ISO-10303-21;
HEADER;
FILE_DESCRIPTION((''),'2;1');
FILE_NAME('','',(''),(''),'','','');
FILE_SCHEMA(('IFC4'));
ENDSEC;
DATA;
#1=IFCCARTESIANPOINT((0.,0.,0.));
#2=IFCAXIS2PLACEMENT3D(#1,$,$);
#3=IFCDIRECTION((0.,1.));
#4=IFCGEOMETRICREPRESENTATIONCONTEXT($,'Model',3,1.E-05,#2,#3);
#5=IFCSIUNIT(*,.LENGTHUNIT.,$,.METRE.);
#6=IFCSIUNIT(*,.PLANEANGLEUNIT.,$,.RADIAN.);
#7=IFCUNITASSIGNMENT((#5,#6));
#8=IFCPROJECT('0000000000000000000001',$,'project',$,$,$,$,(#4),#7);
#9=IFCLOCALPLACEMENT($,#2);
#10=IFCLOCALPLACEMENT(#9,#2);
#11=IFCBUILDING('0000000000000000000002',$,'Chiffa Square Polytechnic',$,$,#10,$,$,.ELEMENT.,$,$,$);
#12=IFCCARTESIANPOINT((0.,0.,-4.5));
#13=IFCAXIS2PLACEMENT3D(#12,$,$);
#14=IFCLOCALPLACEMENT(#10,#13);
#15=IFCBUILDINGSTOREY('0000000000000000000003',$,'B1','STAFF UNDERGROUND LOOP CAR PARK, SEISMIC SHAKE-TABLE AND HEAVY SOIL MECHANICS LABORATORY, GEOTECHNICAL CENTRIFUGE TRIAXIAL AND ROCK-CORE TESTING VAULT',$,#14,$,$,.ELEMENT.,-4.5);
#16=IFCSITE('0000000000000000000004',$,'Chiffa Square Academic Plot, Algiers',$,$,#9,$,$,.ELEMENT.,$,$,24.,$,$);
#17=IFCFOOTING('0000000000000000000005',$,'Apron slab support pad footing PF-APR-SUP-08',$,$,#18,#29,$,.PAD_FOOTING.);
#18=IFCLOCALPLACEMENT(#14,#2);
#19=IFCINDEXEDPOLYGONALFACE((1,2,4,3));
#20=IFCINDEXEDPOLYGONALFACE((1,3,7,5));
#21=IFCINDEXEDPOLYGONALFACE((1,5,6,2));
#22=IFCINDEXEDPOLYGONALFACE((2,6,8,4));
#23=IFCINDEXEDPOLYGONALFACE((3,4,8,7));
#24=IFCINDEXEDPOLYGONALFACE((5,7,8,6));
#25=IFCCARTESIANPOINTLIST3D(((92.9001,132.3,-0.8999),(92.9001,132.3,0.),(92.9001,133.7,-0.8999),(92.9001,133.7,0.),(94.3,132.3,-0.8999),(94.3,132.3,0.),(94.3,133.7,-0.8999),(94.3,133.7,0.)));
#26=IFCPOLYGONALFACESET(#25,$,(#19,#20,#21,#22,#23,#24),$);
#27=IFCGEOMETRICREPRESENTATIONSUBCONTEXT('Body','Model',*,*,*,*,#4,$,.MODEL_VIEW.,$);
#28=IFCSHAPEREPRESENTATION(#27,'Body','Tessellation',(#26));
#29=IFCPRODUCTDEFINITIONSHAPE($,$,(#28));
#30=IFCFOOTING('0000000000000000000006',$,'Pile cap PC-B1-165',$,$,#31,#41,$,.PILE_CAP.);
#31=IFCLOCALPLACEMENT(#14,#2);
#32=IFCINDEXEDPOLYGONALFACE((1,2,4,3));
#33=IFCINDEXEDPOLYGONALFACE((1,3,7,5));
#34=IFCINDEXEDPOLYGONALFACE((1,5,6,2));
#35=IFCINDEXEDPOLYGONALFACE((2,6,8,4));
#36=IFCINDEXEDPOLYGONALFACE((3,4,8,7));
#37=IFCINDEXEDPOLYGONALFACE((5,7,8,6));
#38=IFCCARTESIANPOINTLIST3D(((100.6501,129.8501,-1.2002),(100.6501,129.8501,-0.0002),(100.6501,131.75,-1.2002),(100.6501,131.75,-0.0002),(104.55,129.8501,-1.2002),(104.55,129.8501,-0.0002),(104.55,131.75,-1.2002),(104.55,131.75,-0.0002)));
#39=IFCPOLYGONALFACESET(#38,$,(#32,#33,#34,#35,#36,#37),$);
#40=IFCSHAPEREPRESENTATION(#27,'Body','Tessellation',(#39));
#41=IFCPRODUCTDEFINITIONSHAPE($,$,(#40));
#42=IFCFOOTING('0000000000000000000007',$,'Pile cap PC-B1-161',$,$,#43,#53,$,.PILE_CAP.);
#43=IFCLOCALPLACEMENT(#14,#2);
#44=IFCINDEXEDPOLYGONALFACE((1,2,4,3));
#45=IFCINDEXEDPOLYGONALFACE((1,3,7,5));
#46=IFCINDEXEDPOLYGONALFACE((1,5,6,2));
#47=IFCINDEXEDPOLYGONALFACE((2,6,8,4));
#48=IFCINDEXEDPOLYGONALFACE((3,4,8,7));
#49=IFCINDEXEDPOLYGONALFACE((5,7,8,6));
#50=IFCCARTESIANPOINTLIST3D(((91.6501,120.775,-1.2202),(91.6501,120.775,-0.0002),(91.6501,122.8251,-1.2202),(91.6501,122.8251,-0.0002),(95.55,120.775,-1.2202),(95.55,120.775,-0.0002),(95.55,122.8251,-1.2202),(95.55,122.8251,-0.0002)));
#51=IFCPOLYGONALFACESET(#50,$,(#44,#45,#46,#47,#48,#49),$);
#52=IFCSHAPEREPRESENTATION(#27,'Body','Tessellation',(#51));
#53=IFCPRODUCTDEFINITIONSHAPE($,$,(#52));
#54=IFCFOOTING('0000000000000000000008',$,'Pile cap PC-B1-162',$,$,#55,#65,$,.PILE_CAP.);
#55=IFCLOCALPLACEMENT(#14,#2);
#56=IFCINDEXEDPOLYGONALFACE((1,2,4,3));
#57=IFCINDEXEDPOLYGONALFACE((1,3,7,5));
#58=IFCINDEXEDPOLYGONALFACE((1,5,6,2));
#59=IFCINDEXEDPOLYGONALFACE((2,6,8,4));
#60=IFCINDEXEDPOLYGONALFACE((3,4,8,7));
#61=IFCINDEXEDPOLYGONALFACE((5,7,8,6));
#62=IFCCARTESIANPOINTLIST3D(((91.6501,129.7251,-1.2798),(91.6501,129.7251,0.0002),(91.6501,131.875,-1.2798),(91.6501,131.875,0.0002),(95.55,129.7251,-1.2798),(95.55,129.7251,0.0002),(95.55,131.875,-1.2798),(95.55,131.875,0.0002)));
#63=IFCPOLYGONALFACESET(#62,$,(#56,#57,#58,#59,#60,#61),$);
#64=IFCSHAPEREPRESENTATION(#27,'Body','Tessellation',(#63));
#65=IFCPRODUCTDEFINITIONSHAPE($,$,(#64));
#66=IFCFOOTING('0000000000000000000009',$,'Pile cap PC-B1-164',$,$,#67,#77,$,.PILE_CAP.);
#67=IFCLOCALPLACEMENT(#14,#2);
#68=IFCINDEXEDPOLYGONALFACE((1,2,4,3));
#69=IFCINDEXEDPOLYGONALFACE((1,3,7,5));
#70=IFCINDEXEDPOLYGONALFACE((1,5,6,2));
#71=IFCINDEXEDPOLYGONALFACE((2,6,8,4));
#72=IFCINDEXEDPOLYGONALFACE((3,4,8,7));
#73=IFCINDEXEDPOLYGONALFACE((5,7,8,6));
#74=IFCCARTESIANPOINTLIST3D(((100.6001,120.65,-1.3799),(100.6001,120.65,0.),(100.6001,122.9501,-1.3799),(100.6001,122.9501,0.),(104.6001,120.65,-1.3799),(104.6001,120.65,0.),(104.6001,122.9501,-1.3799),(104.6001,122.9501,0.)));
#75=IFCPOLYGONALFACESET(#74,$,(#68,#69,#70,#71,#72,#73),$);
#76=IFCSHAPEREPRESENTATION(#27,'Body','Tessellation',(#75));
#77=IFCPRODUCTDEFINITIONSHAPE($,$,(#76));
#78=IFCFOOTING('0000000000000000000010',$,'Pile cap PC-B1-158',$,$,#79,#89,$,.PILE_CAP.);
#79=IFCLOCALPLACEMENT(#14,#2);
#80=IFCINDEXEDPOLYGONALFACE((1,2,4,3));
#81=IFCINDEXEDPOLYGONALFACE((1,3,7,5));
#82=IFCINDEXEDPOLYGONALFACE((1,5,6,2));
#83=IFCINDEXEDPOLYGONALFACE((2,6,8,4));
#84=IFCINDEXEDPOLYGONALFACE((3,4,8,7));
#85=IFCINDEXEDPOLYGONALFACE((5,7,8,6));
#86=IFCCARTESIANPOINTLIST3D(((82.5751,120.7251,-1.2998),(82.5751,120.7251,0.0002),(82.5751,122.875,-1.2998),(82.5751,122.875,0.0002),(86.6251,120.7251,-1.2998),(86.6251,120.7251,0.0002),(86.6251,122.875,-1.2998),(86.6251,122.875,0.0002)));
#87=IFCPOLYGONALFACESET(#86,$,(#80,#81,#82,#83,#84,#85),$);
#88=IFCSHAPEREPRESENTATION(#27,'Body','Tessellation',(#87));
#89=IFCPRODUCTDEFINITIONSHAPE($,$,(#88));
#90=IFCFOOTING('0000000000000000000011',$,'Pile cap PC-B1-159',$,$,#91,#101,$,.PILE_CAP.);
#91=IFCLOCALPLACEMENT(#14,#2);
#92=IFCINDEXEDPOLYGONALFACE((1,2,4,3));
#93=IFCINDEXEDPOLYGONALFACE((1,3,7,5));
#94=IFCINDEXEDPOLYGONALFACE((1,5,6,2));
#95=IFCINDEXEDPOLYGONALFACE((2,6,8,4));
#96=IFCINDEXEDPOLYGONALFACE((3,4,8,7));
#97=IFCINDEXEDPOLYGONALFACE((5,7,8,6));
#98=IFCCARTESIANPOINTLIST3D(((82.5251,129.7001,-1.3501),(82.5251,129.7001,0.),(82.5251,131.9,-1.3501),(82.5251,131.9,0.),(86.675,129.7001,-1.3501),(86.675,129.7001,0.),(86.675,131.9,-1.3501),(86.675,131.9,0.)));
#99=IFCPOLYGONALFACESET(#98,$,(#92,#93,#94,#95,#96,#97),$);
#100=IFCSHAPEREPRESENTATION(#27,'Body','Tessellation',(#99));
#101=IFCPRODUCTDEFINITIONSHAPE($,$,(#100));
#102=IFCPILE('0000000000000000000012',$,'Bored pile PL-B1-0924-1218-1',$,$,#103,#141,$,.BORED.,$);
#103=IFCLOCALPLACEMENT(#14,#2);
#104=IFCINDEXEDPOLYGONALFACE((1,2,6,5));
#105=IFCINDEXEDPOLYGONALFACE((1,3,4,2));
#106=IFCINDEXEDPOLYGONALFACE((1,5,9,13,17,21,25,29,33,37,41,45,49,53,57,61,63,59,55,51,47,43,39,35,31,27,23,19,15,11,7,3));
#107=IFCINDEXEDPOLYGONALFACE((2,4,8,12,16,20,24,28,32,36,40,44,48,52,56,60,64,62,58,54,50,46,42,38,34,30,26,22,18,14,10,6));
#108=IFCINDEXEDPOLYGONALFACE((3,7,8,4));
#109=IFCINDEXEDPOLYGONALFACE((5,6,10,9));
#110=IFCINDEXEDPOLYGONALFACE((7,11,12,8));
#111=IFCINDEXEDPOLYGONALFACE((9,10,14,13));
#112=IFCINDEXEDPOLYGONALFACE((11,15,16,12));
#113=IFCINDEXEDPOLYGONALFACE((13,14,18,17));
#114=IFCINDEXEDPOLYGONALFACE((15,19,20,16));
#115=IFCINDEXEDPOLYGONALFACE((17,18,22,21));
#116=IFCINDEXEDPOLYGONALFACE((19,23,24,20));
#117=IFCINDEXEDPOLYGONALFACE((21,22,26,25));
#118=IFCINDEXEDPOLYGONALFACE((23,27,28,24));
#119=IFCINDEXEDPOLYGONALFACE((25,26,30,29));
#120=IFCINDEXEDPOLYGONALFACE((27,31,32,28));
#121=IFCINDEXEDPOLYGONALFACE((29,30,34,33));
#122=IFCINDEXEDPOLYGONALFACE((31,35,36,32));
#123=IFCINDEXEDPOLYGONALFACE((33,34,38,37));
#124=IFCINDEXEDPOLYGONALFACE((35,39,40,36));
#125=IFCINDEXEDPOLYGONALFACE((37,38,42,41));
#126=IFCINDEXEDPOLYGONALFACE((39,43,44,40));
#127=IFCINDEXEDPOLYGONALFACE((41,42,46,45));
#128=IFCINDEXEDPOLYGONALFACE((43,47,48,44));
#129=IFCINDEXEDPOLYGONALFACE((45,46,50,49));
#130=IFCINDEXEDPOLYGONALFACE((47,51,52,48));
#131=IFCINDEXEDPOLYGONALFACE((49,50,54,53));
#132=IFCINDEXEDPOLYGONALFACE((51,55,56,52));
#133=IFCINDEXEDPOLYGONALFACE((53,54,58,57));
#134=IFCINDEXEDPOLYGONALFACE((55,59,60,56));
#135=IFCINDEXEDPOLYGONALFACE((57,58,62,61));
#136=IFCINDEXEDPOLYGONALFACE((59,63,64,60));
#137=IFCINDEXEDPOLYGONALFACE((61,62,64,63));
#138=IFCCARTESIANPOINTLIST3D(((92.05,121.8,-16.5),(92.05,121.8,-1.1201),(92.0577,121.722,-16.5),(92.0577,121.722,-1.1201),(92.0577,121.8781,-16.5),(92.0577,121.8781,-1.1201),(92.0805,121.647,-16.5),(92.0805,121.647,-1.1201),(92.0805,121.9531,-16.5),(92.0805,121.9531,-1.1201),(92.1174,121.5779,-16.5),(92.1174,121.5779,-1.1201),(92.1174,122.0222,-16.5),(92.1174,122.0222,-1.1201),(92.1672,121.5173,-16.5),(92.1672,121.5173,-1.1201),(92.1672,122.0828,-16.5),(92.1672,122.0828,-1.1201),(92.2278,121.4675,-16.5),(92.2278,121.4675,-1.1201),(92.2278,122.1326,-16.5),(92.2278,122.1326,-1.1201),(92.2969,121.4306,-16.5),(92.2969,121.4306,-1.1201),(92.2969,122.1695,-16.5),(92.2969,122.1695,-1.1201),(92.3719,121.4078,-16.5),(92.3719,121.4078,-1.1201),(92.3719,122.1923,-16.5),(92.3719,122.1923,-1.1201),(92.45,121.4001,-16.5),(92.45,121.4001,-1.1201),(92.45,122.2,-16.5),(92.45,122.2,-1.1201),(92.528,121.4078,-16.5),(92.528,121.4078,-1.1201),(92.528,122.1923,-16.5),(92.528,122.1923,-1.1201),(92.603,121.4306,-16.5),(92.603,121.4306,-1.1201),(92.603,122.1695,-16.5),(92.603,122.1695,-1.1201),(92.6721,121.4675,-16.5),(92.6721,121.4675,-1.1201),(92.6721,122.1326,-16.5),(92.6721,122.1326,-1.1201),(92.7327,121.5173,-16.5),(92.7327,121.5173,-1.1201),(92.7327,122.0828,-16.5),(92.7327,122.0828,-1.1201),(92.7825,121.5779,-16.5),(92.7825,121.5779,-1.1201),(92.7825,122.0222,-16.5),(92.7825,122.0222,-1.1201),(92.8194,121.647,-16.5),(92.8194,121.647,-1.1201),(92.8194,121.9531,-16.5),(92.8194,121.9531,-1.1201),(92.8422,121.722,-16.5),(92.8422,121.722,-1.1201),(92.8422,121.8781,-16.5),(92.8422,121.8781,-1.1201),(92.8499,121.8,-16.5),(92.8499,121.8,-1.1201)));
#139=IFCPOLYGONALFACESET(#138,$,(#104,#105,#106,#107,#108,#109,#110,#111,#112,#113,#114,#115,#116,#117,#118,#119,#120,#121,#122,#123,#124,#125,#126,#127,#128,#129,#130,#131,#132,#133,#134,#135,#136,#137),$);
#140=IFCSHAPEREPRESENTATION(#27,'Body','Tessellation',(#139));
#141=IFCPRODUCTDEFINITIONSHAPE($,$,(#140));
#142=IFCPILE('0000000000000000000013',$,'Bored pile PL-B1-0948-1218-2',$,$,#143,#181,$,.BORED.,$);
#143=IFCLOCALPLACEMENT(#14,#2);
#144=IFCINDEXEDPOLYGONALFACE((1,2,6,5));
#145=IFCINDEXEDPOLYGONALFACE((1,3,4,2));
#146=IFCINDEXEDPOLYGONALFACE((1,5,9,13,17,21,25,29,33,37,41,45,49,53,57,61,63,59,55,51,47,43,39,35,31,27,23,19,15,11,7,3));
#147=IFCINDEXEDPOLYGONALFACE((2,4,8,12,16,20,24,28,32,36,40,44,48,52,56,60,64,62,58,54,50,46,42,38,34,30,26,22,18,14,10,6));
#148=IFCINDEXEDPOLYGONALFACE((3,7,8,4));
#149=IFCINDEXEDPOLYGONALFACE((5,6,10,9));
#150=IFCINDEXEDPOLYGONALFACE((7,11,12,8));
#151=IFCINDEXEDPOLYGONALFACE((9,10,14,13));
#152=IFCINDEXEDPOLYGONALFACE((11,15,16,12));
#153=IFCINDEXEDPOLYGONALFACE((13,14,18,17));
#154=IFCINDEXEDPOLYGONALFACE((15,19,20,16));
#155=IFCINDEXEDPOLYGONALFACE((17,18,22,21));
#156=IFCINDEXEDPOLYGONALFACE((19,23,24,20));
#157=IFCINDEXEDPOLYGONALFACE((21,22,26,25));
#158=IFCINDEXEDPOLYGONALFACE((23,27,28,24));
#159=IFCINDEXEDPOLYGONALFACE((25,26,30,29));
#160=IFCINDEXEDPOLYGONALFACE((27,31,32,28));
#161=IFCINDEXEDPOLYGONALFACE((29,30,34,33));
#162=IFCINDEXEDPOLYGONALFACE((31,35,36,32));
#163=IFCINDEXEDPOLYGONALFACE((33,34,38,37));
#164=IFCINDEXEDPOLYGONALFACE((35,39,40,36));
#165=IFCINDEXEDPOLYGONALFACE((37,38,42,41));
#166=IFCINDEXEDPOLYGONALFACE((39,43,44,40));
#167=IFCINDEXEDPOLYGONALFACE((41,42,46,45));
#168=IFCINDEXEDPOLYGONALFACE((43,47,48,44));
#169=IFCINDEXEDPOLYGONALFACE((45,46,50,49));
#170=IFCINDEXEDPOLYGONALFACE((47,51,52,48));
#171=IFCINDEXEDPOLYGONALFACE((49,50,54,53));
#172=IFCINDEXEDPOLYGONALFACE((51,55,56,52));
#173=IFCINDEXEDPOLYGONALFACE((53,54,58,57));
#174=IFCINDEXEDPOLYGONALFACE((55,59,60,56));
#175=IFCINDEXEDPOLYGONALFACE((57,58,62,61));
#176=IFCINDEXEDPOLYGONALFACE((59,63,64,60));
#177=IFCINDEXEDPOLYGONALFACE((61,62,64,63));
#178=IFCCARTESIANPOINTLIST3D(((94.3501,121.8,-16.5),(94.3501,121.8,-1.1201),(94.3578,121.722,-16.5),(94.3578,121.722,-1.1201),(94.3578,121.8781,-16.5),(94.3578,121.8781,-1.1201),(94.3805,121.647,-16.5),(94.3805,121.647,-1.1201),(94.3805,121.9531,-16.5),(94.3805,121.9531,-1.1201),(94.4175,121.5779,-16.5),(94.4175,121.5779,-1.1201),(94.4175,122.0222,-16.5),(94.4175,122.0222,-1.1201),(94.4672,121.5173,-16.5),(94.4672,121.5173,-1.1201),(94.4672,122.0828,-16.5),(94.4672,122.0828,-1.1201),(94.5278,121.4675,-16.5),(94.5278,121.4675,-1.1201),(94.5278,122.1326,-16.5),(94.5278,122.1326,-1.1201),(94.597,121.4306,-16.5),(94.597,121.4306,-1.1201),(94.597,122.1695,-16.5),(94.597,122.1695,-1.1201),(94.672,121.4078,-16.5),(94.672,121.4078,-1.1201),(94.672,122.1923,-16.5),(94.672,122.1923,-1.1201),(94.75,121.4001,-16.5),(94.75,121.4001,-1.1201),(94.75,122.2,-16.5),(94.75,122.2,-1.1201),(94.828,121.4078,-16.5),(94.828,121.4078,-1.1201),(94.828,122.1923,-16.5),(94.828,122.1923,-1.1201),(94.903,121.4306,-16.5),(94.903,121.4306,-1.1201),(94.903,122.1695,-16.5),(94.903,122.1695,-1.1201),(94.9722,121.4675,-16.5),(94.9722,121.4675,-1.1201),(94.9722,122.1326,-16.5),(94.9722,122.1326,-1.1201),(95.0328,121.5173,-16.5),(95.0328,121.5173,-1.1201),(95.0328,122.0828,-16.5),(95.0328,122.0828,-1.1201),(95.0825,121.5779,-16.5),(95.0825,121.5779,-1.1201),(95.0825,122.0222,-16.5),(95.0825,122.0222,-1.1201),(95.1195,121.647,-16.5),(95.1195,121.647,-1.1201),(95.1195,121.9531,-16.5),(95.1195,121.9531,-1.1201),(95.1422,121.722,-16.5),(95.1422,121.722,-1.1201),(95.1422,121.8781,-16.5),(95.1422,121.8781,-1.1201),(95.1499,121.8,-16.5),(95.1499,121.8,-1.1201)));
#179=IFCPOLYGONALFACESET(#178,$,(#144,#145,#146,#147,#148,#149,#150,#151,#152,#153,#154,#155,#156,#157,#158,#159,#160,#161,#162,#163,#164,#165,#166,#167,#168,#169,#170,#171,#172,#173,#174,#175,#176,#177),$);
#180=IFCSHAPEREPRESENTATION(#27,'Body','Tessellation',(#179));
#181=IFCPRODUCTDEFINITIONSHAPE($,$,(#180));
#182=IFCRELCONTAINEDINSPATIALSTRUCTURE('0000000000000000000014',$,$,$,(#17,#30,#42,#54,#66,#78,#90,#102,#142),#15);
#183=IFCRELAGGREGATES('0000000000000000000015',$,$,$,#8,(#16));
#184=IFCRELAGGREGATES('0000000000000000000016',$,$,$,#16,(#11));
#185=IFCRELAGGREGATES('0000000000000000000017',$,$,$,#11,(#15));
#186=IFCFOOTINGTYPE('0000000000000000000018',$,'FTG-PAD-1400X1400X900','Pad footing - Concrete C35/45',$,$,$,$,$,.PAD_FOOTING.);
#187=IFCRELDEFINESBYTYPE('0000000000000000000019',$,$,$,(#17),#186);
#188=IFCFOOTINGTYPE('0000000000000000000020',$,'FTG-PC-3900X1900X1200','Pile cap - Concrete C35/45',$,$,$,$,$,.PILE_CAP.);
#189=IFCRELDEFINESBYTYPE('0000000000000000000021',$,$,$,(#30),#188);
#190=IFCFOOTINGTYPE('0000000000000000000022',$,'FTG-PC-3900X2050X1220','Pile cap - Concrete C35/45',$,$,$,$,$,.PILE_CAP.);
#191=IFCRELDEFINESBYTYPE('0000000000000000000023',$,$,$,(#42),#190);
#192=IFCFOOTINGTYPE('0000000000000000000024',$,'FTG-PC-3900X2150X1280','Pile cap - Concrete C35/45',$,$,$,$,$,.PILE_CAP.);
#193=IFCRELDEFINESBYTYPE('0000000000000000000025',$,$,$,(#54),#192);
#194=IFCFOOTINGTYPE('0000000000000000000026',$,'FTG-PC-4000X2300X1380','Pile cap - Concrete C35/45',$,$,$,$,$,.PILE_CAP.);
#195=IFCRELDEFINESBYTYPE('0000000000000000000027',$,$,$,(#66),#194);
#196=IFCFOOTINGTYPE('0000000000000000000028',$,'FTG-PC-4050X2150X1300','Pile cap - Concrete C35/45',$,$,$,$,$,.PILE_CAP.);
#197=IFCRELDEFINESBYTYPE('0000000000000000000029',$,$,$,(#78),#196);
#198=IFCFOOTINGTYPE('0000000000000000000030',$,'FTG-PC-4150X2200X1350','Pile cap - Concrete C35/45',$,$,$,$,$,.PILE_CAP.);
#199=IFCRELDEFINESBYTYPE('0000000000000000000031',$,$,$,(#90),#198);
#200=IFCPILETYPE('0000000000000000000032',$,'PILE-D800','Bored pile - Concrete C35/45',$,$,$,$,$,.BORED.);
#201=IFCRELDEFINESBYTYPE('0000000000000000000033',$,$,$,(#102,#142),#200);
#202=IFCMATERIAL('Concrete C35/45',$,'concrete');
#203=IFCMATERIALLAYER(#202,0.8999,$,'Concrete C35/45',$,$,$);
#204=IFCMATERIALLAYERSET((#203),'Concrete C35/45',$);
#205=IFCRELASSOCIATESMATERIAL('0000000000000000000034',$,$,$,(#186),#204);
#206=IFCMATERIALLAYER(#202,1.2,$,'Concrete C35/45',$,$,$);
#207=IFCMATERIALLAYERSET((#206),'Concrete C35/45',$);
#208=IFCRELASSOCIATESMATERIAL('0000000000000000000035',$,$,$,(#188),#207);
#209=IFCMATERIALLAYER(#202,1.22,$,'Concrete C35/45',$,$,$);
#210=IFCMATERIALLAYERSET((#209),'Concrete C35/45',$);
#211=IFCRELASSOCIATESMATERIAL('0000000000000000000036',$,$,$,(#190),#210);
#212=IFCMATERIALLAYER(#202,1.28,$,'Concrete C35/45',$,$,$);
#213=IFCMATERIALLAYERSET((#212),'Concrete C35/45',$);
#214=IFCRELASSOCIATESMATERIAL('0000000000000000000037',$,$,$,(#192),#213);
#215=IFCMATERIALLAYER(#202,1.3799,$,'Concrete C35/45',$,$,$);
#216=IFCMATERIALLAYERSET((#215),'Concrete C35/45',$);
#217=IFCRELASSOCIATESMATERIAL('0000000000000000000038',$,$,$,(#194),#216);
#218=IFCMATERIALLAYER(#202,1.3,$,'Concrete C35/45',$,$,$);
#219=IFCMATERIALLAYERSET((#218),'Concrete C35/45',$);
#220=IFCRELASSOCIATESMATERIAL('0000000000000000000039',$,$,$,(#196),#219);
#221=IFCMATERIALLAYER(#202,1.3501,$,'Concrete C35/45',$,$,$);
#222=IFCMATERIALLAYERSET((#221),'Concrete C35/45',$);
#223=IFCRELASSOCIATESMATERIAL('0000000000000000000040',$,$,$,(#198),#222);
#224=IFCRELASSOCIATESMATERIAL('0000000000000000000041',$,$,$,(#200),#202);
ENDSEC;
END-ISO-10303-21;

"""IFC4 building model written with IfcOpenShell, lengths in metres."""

from ifc_helpers import new_model, si_unit, direction, frame, origin, origin_2d, place, context, subcontext, project, spatial, rectangle, circle, extrude, material, layer, layer_set, material_profile, profile_set, type_object, element, save


model = new_model("IFC4")

# Units and contexts
model_context = context("Model", 3, precision=1e-05, world=origin(), true_north=direction((0.0, 1.0)))
body_context = subcontext(model_context, "Body", "Model", "MODEL_VIEW")
ifc_project = project(units=[si_unit("LENGTHUNIT", "METRE"), si_unit("PLANEANGLEUNIT", "RADIAN")], contexts=[model_context])

# Site, building, storey
site_placement = place(None, origin())
site = spatial("IfcSite", under=ifc_project, at=site_placement, Name="Chiffa Square Academic Plot, Algiers", CompositionType="ELEMENT", RefElevation=24.0)
building_placement = place(site_placement, origin())
building = spatial("IfcBuilding", under=site, at=building_placement, Name="Chiffa Square Polytechnic", CompositionType="ELEMENT")
storey_placement = place(building_placement, frame((0.0, 0.0, -4.5)))
storey = spatial("IfcBuildingStorey", under=building, at=storey_placement, Name="B1", Description="STAFF UNDERGROUND LOOP CAR PARK, SEISMIC SHAKE-TABLE AND HEAVY SOIL MECHANICS LABORATORY, GEOTECHNICAL CENTRIFUGE TRIAXIAL AND ROCK-CORE TESTING VAULT", CompositionType="ELEMENT", Elevation=-4.5)

# Footings
ifc_material_1 = material(Name="Concrete C35/45", Category="concrete")
ifc_layer_1 = layer(ifc_material_1, 0.8999, Name="Concrete C35/45")
ifc_layer_set_1 = layer_set([ifc_layer_1], Name="Concrete C35/45")
footing_type_1 = type_object("IfcFootingType", Name="FTG-PAD-1400X1400X900", Description="Pad footing - Concrete C35/45", PredefinedType="PAD_FOOTING", material=ifc_layer_set_1)
footing_1_placement = place(storey_placement, frame((93.6001, 133.0, -0.8999), z_axis=(0.0, 0.0, 1.0), x_axis=(1.0, 0.0, 0.0)))
element("IfcFooting", 1, at=footing_1_placement, inside=storey, type_object=footing_type_1, Name="Apron slab support pad footing PF-APR-SUP-08", PredefinedType="PAD_FOOTING", context=body_context, shape_type="SweptSolid", body=[
    extrude(rectangle(XDim=1.3999, YDim=1.3999, at=origin_2d()), origin(), (0.0, 0.0, 1.0), 0.8999),
])
ifc_layer_2 = layer(ifc_material_1, 1.2, Name="Concrete C35/45")
ifc_layer_set_2 = layer_set([ifc_layer_2], Name="Concrete C35/45")
footing_type_2 = type_object("IfcFootingType", Name="FTG-PC-3900X1900X1200", Description="Pile cap - Concrete C35/45", PredefinedType="PILE_CAP", material=ifc_layer_set_2)
footing_2_placement = place(storey_placement, frame((102.6001, 130.8, -1.2002), z_axis=(0.0, 0.0, 1.0), x_axis=(1.0, 0.0, 0.0)))
element("IfcFooting", 2, at=footing_2_placement, inside=storey, type_object=footing_type_2, Name="Pile cap PC-B1-165", PredefinedType="PILE_CAP", context=body_context, shape_type="SweptSolid", body=[
    extrude(rectangle(XDim=3.8999, YDim=1.8999, at=origin_2d()), origin(), (0.0, 0.0, 1.0), 1.2),
])
ifc_layer_3 = layer(ifc_material_1, 1.22, Name="Concrete C35/45")
ifc_layer_set_3 = layer_set([ifc_layer_3], Name="Concrete C35/45")
footing_type_3 = type_object("IfcFootingType", Name="FTG-PC-3900X2050X1220", Description="Pile cap - Concrete C35/45", PredefinedType="PILE_CAP", material=ifc_layer_set_3)
footing_3_placement = place(storey_placement, frame((93.6001, 121.8, -1.2202), z_axis=(0.0, 0.0, 1.0), x_axis=(1.0, 0.0, 0.0)))
element("IfcFooting", 3, at=footing_3_placement, inside=storey, type_object=footing_type_3, Name="Pile cap PC-B1-161", PredefinedType="PILE_CAP", context=body_context, shape_type="SweptSolid", body=[
    extrude(rectangle(XDim=3.8999, YDim=2.05, at=origin_2d()), origin(), (0.0, 0.0, 1.0), 1.22),
])
ifc_layer_4 = layer(ifc_material_1, 1.28, Name="Concrete C35/45")
ifc_layer_set_4 = layer_set([ifc_layer_4], Name="Concrete C35/45")
footing_type_4 = type_object("IfcFootingType", Name="FTG-PC-3900X2150X1280", Description="Pile cap - Concrete C35/45", PredefinedType="PILE_CAP", material=ifc_layer_set_4)
footing_4_placement = place(storey_placement, frame((93.6001, 130.8, -1.2798), z_axis=(0.0, 0.0, 1.0), x_axis=(1.0, 0.0, 0.0)))
element("IfcFooting", 4, at=footing_4_placement, inside=storey, type_object=footing_type_4, Name="Pile cap PC-B1-162", PredefinedType="PILE_CAP", context=body_context, shape_type="SweptSolid", body=[
    extrude(rectangle(XDim=3.8999, YDim=2.1499, at=origin_2d()), origin(), (0.0, 0.0, 1.0), 1.28),
])
ifc_layer_5 = layer(ifc_material_1, 1.3799, Name="Concrete C35/45")
ifc_layer_set_5 = layer_set([ifc_layer_5], Name="Concrete C35/45")
footing_type_5 = type_object("IfcFootingType", Name="FTG-PC-4000X2300X1380", Description="Pile cap - Concrete C35/45", PredefinedType="PILE_CAP", material=ifc_layer_set_5)
footing_5_placement = place(storey_placement, frame((102.6001, 121.8, -1.3799), z_axis=(0.0, 0.0, 1.0), x_axis=(1.0, 0.0, 0.0)))
element("IfcFooting", 5, at=footing_5_placement, inside=storey, type_object=footing_type_5, Name="Pile cap PC-B1-164", PredefinedType="PILE_CAP", context=body_context, shape_type="SweptSolid", body=[
    extrude(rectangle(XDim=4.0, YDim=2.3, at=origin_2d()), origin(), (0.0, 0.0, 1.0), 1.3799),
])
ifc_layer_6 = layer(ifc_material_1, 1.3, Name="Concrete C35/45")
ifc_layer_set_6 = layer_set([ifc_layer_6], Name="Concrete C35/45")
footing_type_6 = type_object("IfcFootingType", Name="FTG-PC-4050X2150X1300", Description="Pile cap - Concrete C35/45", PredefinedType="PILE_CAP", material=ifc_layer_set_6)
footing_6_placement = place(storey_placement, frame((84.6001, 121.8, -1.2998), z_axis=(0.0, 0.0, 1.0), x_axis=(1.0, 0.0, 0.0)))
element("IfcFooting", 6, at=footing_6_placement, inside=storey, type_object=footing_type_6, Name="Pile cap PC-B1-158", PredefinedType="PILE_CAP", context=body_context, shape_type="SweptSolid", body=[
    extrude(rectangle(XDim=4.05, YDim=2.1499, at=origin_2d()), origin(), (0.0, 0.0, 1.0), 1.3),
])
ifc_layer_7 = layer(ifc_material_1, 1.3501, Name="Concrete C35/45")
ifc_layer_set_7 = layer_set([ifc_layer_7], Name="Concrete C35/45")
footing_type_7 = type_object("IfcFootingType", Name="FTG-PC-4150X2200X1350", Description="Pile cap - Concrete C35/45", PredefinedType="PILE_CAP", material=ifc_layer_set_7)
footing_7_placement = place(storey_placement, frame((84.6001, 130.8, -1.3501), z_axis=(0.0, 0.0, 1.0), x_axis=(1.0, 0.0, 0.0)))
element("IfcFooting", 7, at=footing_7_placement, inside=storey, type_object=footing_type_7, Name="Pile cap PC-B1-159", PredefinedType="PILE_CAP", context=body_context, shape_type="SweptSolid", body=[
    extrude(rectangle(XDim=4.1499, YDim=2.2, at=origin_2d()), origin(), (0.0, 0.0, 1.0), 1.3501),
])

# Piles
ifc_material_profile_1 = material_profile(ifc_material_1, circle(Radius=0.3999, at=origin_2d()), Name="PILE D800")
ifc_profile_set_1 = profile_set([ifc_material_profile_1], Name="Concrete C35/45")
pile_type_1 = type_object("IfcPileType", Name="PILE-D800", Description="Bored pile - Concrete C35/45", PredefinedType="BORED", material=ifc_profile_set_1)
for number, where, z_axis, x_axis, name in (
    (8, (92.45, 121.8, -1.1201), (0.0, 0.0, -1.0), (1.0, 0.0, 0.0), "Bored pile PL-B1-0924-1218-1"),
    (9, (94.75, 121.8, -1.1201), (0.0, 0.0, -1.0), (1.0, 0.0, 0.0), "Bored pile PL-B1-0948-1218-2"),
):
    element("IfcPile", number, at=place(storey_placement, frame(where, z_axis=z_axis, x_axis=x_axis)), inside=storey, type_object=pile_type_1, Name=name, PredefinedType="BORED", context=body_context, shape_type="SweptSolid", body=[
        extrude(circle(Radius=0.3999, at=origin_2d()), origin(), (0.0, 0.0, 1.0), 15.3799),
    ])

save(model, "model.ifc")
